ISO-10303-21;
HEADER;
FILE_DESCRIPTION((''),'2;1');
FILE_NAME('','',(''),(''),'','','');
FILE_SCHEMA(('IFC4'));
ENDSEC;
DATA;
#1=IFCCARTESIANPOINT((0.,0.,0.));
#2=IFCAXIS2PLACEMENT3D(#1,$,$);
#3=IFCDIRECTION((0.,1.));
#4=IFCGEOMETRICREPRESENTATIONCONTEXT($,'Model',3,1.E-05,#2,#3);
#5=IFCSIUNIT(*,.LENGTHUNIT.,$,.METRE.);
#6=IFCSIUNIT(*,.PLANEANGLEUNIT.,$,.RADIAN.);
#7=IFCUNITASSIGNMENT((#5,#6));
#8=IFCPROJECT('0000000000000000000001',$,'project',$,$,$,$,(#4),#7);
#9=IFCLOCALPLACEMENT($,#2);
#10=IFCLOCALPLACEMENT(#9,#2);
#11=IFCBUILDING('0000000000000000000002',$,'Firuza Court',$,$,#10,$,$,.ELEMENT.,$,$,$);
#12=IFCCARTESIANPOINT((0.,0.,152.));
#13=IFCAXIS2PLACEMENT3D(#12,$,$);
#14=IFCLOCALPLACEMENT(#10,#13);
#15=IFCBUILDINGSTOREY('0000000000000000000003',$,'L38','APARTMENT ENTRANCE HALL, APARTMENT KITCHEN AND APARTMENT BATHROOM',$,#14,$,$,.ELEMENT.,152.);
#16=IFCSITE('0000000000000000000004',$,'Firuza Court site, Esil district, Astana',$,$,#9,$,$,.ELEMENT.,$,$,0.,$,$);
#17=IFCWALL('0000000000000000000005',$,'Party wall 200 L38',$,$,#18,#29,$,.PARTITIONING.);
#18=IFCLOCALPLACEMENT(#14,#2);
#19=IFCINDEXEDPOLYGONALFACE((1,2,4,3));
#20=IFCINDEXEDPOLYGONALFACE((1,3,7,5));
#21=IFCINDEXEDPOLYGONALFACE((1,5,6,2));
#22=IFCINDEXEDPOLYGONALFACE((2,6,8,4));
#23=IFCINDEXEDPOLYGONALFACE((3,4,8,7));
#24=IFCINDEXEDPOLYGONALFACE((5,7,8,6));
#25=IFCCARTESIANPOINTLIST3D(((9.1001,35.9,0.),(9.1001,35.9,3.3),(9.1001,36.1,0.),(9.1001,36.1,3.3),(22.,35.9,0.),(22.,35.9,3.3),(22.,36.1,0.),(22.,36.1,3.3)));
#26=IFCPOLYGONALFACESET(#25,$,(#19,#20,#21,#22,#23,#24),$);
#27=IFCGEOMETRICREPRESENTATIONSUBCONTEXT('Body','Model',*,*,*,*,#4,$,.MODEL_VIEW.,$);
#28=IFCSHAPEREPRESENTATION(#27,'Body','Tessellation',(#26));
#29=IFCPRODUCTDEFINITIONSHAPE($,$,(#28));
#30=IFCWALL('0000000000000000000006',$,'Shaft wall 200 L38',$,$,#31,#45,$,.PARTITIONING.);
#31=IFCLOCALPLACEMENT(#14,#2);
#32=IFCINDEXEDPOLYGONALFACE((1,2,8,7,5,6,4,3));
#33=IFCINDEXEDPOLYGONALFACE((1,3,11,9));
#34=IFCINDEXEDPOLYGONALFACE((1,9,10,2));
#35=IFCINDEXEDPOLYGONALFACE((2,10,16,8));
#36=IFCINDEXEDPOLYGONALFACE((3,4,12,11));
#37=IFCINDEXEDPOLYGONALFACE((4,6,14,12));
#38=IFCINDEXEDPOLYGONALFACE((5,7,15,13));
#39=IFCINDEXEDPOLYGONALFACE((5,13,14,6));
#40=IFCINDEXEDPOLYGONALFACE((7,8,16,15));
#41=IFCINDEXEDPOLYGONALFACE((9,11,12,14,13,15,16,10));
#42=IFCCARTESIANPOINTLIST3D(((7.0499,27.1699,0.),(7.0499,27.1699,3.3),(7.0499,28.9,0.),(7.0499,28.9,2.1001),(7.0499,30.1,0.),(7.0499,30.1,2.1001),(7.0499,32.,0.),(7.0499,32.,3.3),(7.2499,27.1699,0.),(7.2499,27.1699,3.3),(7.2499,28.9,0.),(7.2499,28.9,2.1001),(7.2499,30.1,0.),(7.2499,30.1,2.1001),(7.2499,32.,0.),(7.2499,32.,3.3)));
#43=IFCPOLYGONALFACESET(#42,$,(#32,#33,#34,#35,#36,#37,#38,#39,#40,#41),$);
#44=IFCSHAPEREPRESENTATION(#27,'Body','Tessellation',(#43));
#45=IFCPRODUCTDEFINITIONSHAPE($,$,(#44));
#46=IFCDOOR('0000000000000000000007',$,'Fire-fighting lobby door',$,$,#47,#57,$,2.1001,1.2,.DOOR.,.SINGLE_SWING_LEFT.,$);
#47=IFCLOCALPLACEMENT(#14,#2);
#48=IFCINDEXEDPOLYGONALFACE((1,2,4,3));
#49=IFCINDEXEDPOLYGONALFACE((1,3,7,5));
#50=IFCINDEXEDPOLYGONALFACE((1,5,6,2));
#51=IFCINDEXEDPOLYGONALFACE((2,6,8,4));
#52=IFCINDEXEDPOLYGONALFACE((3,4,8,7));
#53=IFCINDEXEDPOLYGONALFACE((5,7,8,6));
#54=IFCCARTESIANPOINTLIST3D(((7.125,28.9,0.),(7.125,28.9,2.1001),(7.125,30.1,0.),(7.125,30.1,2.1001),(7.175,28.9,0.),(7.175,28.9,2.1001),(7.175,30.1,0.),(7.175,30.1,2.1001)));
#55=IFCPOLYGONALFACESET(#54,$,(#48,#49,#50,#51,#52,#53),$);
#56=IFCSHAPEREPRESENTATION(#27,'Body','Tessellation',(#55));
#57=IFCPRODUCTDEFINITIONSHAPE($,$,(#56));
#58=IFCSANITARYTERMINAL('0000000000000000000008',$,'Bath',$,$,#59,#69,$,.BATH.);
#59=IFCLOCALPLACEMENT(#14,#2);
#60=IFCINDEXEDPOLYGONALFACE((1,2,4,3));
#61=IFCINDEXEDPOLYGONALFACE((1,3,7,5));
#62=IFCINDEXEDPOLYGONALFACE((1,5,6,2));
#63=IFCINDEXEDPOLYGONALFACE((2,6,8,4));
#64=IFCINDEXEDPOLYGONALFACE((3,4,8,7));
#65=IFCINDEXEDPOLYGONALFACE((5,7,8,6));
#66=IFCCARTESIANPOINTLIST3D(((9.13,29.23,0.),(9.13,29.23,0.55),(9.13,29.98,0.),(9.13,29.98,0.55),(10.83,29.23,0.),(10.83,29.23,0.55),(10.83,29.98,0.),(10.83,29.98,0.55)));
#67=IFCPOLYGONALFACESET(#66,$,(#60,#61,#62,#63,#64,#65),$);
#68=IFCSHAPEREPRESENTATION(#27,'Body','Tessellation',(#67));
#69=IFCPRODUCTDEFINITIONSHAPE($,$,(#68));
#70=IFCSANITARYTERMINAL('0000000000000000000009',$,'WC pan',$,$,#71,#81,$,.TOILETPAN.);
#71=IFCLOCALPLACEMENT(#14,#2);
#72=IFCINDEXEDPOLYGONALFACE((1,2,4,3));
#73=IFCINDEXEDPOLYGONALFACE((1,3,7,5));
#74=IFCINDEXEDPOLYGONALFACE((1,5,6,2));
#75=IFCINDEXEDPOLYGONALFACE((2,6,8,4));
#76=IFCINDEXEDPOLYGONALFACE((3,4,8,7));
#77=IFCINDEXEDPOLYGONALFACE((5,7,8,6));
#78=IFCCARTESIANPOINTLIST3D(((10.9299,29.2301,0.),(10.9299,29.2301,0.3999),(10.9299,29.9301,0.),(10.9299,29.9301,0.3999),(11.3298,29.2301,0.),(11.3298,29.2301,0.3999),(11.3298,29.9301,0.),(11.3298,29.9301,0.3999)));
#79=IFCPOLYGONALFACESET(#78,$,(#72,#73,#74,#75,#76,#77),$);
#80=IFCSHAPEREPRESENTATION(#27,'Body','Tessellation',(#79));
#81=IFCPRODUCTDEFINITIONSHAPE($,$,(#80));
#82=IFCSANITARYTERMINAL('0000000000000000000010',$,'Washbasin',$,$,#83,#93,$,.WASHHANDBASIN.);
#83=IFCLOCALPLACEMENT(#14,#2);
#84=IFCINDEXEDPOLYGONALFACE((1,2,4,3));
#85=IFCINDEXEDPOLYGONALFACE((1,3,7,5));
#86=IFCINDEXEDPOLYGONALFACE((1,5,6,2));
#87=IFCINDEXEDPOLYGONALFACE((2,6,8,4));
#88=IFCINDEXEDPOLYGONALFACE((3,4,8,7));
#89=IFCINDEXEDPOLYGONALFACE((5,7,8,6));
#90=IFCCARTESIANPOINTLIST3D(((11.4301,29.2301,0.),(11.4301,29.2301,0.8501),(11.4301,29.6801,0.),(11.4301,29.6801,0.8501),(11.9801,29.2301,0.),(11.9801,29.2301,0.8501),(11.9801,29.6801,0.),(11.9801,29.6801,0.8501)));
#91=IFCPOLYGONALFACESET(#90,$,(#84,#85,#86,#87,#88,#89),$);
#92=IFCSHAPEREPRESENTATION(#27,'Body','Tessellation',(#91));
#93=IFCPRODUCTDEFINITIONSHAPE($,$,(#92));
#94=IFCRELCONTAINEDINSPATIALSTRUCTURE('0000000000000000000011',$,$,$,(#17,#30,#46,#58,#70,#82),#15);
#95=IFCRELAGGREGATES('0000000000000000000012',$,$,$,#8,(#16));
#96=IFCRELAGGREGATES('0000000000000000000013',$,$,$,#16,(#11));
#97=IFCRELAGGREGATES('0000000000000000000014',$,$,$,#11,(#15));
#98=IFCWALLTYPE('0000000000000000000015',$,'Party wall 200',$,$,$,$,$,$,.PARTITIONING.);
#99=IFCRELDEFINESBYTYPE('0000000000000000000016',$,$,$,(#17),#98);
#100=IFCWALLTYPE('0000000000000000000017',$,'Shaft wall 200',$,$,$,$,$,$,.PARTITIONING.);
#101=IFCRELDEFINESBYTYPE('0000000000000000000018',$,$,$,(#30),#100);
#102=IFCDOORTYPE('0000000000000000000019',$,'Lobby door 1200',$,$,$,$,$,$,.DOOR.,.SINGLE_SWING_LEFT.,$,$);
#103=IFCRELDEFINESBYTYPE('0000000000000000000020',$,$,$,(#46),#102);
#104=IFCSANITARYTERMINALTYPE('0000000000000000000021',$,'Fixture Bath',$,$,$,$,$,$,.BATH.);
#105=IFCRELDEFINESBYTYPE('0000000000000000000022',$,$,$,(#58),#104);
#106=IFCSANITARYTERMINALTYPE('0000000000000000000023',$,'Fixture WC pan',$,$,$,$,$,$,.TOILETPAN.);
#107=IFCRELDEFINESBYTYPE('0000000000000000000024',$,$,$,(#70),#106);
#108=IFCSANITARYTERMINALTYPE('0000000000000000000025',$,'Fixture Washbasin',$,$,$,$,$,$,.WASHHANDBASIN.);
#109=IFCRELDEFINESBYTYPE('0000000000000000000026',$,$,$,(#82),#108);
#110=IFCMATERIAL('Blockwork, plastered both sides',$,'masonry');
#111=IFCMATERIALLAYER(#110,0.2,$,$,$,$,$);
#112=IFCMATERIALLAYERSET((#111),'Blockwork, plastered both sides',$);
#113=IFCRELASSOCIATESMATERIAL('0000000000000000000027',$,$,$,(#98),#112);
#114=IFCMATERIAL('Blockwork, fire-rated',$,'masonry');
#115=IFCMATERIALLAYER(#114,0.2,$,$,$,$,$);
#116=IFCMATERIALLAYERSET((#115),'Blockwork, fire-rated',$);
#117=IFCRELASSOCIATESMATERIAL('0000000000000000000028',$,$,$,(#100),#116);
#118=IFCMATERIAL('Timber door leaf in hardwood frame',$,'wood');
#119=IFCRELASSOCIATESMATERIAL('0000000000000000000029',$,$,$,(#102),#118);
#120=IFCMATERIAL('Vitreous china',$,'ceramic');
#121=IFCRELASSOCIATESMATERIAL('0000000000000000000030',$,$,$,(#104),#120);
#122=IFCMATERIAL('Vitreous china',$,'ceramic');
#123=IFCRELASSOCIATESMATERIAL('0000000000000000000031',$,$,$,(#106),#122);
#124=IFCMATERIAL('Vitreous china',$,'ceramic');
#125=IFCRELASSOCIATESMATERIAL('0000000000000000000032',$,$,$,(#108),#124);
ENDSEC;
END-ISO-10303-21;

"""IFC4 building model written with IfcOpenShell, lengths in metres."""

from ifc_helpers import new_model, si_unit, direction, frame, frame_2d, origin, origin_2d, place, context, subcontext, project, spatial, rectangle, extrude, material, layer, layer_set, type_object, element, fill, save


model = new_model("IFC4")

# Units and contexts
model_context = context("Model", 3, precision=1e-05, world=origin(), true_north=direction((0.0, 1.0)))
body_context = subcontext(model_context, "Body", "Model", "MODEL_VIEW")
ifc_project = project(units=[si_unit("LENGTHUNIT", "METRE"), si_unit("PLANEANGLEUNIT", "RADIAN")], contexts=[model_context])

# Site, building, storey
site_placement = place(None, origin())
site = spatial("IfcSite", under=ifc_project, at=site_placement, Name="Firuza Court site, Esil district, Astana", CompositionType="ELEMENT", RefElevation=0.0)
building_placement = place(site_placement, origin())
building = spatial("IfcBuilding", under=site, at=building_placement, Name="Firuza Court", CompositionType="ELEMENT")
storey_placement = place(building_placement, frame((0.0, 0.0, 152.0)))
storey = spatial("IfcBuildingStorey", under=building, at=storey_placement, Name="L38", Description="APARTMENT ENTRANCE HALL, APARTMENT KITCHEN AND APARTMENT BATHROOM", CompositionType="ELEMENT", Elevation=152.0)

# Shared definitions
ifc_material_1 = material(Name="Blockwork, plastered both sides", Category="masonry")

# Wall
ifc_layer_1 = layer(ifc_material_1, 0.2)
ifc_layer_set_1 = layer_set([ifc_layer_1], Name="Blockwork, plastered both sides")
wall_type_1 = type_object("IfcWallType", Name="Party wall 200", PredefinedType="PARTITIONING", material=ifc_layer_set_1)
for number, where, z_axis, x_axis, name in (
    (1, (9.1001, 36.0, 0.0), (0.0, 0.0, 1.0), (1.0, 0.0, 0.0), "Party wall 200 L38"),
):
    element("IfcWall", number, at=place(storey_placement, frame(where, z_axis=z_axis, x_axis=x_axis)), inside=storey, type_object=wall_type_1, Name=name, PredefinedType="PARTITIONING", context=body_context, shape_type="SweptSolid", body=[
        extrude(rectangle(XDim=12.8999, YDim=0.2, at=frame_2d((6.45, 0.0))), origin(), (0.0, 0.0, 1.0), 3.3),
    ])

# Wall, opening, door
ifc_material_2 = material(Name="Blockwork, fire-rated", Category="masonry")
ifc_layer_2 = layer(ifc_material_2, 0.2)
ifc_layer_set_2 = layer_set([ifc_layer_2], Name="Blockwork, fire-rated")
wall_type_2 = type_object("IfcWallType", Name="Shaft wall 200", PredefinedType="PARTITIONING", material=ifc_layer_set_2)
wall_1_placement = place(storey_placement, frame((7.1499, 27.1699, 0.0), z_axis=(0.0, 0.0, 1.0), x_axis=(0.0, 1.0, 0.0)))
wall_1 = element("IfcWall", 2, at=wall_1_placement, inside=storey, type_object=wall_type_2, Name="Shaft wall 200 L38", PredefinedType="PARTITIONING", context=body_context, shape_type="SweptSolid", body=[
    extrude(rectangle(XDim=4.8301, YDim=0.2, at=frame_2d((2.415, 0.0))), origin(), (0.0, 0.0, 1.0), 3.3),
])
opening_1_placement = place(wall_1_placement, frame((1.73, 0.0, 0.0)))
opening_1 = element("IfcOpeningElement", 3, at=opening_1_placement, cuts=wall_1, PredefinedType="OPENING", context=body_context, shape_type="SweptSolid", body=[
    extrude(rectangle(XDim=1.2, YDim=2.1001, at=frame_2d((0.6001, 1.05))), frame((0.0, 0.1118, 0.0), z_axis=(0.0, -1.0, 0.0), x_axis=(1.0, 0.0, 0.0)), (0.0, 0.0, 1.0), 0.2239),
])
ifc_material_3 = material(Name="Timber door leaf in hardwood frame", Category="wood")
door_type_1 = type_object("IfcDoorType", Name="Lobby door 1200", OperationType="SINGLE_SWING_LEFT", PredefinedType="DOOR", material=ifc_material_3)
door_1_placement = place(opening_1_placement, origin())
door_1 = element("IfcDoor", 4, at=door_1_placement, inside=storey, type_object=door_type_1, Name="Fire-fighting lobby door", OperationType="SINGLE_SWING_LEFT", OverallHeight=2.1001, OverallWidth=1.2, PredefinedType="DOOR", context=body_context, shape_type="SweptSolid", body=[
    extrude(rectangle(XDim=1.2, YDim=2.1001, at=frame_2d((0.6001, 1.05))), frame((0.0, 0.0249, 0.0), z_axis=(0.0, -1.0, 0.0), x_axis=(1.0, 0.0, 0.0)), (0.0, 0.0, 1.0), 0.05),
])
fill(opening_1, door_1)

# Sanitary terminals
ifc_material_4 = material(Name="Vitreous china", Category="ceramic")
sanitary_terminal_type_1 = type_object("IfcSanitaryTerminalType", Name="Fixture Bath", PredefinedType="BATH", material=ifc_material_4)
sanitary_terminal_1_placement = place(storey_placement, frame((9.98, 29.605, 0.0), z_axis=(0.0, 0.0, 1.0), x_axis=(1.0, 0.0, 0.0)))
element("IfcSanitaryTerminal", 5, at=sanitary_terminal_1_placement, inside=storey, type_object=sanitary_terminal_type_1, Name="Bath", PredefinedType="BATH", context=body_context, shape_type="SweptSolid", body=[
    extrude(rectangle(XDim=1.7, YDim=0.75, at=origin_2d()), origin(), (0.0, 0.0, 1.0), 0.55),
])
ifc_material_5 = material(Name="Vitreous china", Category="ceramic")
sanitary_terminal_type_2 = type_object("IfcSanitaryTerminalType", Name="Fixture WC pan", PredefinedType="TOILETPAN", material=ifc_material_5)
sanitary_terminal_2_placement = place(storey_placement, frame((11.1299, 29.5801, 0.0), z_axis=(0.0, 0.0, 1.0), x_axis=(1.0, 0.0, 0.0)))
element("IfcSanitaryTerminal", 6, at=sanitary_terminal_2_placement, inside=storey, type_object=sanitary_terminal_type_2, Name="WC pan", PredefinedType="TOILETPAN", context=body_context, shape_type="SweptSolid", body=[
    extrude(rectangle(XDim=0.3999, YDim=0.7, at=origin_2d()), origin(), (0.0, 0.0, 1.0), 0.3999),
])
ifc_material_6 = material(Name="Vitreous china", Category="ceramic")
sanitary_terminal_type_3 = type_object("IfcSanitaryTerminalType", Name="Fixture Washbasin", PredefinedType="WASHHANDBASIN", material=ifc_material_6)
sanitary_terminal_3_placement = place(storey_placement, frame((11.7051, 29.4551, 0.0), z_axis=(0.0, 0.0, 1.0), x_axis=(1.0, 0.0, 0.0)))
element("IfcSanitaryTerminal", 7, at=sanitary_terminal_3_placement, inside=storey, type_object=sanitary_terminal_type_3, Name="Washbasin", PredefinedType="WASHHANDBASIN", context=body_context, shape_type="SweptSolid", body=[
    extrude(rectangle(XDim=0.55, YDim=0.45, at=origin_2d()), origin(), (0.0, 0.0, 1.0), 0.8501),
])

save(model, "model.ifc")
